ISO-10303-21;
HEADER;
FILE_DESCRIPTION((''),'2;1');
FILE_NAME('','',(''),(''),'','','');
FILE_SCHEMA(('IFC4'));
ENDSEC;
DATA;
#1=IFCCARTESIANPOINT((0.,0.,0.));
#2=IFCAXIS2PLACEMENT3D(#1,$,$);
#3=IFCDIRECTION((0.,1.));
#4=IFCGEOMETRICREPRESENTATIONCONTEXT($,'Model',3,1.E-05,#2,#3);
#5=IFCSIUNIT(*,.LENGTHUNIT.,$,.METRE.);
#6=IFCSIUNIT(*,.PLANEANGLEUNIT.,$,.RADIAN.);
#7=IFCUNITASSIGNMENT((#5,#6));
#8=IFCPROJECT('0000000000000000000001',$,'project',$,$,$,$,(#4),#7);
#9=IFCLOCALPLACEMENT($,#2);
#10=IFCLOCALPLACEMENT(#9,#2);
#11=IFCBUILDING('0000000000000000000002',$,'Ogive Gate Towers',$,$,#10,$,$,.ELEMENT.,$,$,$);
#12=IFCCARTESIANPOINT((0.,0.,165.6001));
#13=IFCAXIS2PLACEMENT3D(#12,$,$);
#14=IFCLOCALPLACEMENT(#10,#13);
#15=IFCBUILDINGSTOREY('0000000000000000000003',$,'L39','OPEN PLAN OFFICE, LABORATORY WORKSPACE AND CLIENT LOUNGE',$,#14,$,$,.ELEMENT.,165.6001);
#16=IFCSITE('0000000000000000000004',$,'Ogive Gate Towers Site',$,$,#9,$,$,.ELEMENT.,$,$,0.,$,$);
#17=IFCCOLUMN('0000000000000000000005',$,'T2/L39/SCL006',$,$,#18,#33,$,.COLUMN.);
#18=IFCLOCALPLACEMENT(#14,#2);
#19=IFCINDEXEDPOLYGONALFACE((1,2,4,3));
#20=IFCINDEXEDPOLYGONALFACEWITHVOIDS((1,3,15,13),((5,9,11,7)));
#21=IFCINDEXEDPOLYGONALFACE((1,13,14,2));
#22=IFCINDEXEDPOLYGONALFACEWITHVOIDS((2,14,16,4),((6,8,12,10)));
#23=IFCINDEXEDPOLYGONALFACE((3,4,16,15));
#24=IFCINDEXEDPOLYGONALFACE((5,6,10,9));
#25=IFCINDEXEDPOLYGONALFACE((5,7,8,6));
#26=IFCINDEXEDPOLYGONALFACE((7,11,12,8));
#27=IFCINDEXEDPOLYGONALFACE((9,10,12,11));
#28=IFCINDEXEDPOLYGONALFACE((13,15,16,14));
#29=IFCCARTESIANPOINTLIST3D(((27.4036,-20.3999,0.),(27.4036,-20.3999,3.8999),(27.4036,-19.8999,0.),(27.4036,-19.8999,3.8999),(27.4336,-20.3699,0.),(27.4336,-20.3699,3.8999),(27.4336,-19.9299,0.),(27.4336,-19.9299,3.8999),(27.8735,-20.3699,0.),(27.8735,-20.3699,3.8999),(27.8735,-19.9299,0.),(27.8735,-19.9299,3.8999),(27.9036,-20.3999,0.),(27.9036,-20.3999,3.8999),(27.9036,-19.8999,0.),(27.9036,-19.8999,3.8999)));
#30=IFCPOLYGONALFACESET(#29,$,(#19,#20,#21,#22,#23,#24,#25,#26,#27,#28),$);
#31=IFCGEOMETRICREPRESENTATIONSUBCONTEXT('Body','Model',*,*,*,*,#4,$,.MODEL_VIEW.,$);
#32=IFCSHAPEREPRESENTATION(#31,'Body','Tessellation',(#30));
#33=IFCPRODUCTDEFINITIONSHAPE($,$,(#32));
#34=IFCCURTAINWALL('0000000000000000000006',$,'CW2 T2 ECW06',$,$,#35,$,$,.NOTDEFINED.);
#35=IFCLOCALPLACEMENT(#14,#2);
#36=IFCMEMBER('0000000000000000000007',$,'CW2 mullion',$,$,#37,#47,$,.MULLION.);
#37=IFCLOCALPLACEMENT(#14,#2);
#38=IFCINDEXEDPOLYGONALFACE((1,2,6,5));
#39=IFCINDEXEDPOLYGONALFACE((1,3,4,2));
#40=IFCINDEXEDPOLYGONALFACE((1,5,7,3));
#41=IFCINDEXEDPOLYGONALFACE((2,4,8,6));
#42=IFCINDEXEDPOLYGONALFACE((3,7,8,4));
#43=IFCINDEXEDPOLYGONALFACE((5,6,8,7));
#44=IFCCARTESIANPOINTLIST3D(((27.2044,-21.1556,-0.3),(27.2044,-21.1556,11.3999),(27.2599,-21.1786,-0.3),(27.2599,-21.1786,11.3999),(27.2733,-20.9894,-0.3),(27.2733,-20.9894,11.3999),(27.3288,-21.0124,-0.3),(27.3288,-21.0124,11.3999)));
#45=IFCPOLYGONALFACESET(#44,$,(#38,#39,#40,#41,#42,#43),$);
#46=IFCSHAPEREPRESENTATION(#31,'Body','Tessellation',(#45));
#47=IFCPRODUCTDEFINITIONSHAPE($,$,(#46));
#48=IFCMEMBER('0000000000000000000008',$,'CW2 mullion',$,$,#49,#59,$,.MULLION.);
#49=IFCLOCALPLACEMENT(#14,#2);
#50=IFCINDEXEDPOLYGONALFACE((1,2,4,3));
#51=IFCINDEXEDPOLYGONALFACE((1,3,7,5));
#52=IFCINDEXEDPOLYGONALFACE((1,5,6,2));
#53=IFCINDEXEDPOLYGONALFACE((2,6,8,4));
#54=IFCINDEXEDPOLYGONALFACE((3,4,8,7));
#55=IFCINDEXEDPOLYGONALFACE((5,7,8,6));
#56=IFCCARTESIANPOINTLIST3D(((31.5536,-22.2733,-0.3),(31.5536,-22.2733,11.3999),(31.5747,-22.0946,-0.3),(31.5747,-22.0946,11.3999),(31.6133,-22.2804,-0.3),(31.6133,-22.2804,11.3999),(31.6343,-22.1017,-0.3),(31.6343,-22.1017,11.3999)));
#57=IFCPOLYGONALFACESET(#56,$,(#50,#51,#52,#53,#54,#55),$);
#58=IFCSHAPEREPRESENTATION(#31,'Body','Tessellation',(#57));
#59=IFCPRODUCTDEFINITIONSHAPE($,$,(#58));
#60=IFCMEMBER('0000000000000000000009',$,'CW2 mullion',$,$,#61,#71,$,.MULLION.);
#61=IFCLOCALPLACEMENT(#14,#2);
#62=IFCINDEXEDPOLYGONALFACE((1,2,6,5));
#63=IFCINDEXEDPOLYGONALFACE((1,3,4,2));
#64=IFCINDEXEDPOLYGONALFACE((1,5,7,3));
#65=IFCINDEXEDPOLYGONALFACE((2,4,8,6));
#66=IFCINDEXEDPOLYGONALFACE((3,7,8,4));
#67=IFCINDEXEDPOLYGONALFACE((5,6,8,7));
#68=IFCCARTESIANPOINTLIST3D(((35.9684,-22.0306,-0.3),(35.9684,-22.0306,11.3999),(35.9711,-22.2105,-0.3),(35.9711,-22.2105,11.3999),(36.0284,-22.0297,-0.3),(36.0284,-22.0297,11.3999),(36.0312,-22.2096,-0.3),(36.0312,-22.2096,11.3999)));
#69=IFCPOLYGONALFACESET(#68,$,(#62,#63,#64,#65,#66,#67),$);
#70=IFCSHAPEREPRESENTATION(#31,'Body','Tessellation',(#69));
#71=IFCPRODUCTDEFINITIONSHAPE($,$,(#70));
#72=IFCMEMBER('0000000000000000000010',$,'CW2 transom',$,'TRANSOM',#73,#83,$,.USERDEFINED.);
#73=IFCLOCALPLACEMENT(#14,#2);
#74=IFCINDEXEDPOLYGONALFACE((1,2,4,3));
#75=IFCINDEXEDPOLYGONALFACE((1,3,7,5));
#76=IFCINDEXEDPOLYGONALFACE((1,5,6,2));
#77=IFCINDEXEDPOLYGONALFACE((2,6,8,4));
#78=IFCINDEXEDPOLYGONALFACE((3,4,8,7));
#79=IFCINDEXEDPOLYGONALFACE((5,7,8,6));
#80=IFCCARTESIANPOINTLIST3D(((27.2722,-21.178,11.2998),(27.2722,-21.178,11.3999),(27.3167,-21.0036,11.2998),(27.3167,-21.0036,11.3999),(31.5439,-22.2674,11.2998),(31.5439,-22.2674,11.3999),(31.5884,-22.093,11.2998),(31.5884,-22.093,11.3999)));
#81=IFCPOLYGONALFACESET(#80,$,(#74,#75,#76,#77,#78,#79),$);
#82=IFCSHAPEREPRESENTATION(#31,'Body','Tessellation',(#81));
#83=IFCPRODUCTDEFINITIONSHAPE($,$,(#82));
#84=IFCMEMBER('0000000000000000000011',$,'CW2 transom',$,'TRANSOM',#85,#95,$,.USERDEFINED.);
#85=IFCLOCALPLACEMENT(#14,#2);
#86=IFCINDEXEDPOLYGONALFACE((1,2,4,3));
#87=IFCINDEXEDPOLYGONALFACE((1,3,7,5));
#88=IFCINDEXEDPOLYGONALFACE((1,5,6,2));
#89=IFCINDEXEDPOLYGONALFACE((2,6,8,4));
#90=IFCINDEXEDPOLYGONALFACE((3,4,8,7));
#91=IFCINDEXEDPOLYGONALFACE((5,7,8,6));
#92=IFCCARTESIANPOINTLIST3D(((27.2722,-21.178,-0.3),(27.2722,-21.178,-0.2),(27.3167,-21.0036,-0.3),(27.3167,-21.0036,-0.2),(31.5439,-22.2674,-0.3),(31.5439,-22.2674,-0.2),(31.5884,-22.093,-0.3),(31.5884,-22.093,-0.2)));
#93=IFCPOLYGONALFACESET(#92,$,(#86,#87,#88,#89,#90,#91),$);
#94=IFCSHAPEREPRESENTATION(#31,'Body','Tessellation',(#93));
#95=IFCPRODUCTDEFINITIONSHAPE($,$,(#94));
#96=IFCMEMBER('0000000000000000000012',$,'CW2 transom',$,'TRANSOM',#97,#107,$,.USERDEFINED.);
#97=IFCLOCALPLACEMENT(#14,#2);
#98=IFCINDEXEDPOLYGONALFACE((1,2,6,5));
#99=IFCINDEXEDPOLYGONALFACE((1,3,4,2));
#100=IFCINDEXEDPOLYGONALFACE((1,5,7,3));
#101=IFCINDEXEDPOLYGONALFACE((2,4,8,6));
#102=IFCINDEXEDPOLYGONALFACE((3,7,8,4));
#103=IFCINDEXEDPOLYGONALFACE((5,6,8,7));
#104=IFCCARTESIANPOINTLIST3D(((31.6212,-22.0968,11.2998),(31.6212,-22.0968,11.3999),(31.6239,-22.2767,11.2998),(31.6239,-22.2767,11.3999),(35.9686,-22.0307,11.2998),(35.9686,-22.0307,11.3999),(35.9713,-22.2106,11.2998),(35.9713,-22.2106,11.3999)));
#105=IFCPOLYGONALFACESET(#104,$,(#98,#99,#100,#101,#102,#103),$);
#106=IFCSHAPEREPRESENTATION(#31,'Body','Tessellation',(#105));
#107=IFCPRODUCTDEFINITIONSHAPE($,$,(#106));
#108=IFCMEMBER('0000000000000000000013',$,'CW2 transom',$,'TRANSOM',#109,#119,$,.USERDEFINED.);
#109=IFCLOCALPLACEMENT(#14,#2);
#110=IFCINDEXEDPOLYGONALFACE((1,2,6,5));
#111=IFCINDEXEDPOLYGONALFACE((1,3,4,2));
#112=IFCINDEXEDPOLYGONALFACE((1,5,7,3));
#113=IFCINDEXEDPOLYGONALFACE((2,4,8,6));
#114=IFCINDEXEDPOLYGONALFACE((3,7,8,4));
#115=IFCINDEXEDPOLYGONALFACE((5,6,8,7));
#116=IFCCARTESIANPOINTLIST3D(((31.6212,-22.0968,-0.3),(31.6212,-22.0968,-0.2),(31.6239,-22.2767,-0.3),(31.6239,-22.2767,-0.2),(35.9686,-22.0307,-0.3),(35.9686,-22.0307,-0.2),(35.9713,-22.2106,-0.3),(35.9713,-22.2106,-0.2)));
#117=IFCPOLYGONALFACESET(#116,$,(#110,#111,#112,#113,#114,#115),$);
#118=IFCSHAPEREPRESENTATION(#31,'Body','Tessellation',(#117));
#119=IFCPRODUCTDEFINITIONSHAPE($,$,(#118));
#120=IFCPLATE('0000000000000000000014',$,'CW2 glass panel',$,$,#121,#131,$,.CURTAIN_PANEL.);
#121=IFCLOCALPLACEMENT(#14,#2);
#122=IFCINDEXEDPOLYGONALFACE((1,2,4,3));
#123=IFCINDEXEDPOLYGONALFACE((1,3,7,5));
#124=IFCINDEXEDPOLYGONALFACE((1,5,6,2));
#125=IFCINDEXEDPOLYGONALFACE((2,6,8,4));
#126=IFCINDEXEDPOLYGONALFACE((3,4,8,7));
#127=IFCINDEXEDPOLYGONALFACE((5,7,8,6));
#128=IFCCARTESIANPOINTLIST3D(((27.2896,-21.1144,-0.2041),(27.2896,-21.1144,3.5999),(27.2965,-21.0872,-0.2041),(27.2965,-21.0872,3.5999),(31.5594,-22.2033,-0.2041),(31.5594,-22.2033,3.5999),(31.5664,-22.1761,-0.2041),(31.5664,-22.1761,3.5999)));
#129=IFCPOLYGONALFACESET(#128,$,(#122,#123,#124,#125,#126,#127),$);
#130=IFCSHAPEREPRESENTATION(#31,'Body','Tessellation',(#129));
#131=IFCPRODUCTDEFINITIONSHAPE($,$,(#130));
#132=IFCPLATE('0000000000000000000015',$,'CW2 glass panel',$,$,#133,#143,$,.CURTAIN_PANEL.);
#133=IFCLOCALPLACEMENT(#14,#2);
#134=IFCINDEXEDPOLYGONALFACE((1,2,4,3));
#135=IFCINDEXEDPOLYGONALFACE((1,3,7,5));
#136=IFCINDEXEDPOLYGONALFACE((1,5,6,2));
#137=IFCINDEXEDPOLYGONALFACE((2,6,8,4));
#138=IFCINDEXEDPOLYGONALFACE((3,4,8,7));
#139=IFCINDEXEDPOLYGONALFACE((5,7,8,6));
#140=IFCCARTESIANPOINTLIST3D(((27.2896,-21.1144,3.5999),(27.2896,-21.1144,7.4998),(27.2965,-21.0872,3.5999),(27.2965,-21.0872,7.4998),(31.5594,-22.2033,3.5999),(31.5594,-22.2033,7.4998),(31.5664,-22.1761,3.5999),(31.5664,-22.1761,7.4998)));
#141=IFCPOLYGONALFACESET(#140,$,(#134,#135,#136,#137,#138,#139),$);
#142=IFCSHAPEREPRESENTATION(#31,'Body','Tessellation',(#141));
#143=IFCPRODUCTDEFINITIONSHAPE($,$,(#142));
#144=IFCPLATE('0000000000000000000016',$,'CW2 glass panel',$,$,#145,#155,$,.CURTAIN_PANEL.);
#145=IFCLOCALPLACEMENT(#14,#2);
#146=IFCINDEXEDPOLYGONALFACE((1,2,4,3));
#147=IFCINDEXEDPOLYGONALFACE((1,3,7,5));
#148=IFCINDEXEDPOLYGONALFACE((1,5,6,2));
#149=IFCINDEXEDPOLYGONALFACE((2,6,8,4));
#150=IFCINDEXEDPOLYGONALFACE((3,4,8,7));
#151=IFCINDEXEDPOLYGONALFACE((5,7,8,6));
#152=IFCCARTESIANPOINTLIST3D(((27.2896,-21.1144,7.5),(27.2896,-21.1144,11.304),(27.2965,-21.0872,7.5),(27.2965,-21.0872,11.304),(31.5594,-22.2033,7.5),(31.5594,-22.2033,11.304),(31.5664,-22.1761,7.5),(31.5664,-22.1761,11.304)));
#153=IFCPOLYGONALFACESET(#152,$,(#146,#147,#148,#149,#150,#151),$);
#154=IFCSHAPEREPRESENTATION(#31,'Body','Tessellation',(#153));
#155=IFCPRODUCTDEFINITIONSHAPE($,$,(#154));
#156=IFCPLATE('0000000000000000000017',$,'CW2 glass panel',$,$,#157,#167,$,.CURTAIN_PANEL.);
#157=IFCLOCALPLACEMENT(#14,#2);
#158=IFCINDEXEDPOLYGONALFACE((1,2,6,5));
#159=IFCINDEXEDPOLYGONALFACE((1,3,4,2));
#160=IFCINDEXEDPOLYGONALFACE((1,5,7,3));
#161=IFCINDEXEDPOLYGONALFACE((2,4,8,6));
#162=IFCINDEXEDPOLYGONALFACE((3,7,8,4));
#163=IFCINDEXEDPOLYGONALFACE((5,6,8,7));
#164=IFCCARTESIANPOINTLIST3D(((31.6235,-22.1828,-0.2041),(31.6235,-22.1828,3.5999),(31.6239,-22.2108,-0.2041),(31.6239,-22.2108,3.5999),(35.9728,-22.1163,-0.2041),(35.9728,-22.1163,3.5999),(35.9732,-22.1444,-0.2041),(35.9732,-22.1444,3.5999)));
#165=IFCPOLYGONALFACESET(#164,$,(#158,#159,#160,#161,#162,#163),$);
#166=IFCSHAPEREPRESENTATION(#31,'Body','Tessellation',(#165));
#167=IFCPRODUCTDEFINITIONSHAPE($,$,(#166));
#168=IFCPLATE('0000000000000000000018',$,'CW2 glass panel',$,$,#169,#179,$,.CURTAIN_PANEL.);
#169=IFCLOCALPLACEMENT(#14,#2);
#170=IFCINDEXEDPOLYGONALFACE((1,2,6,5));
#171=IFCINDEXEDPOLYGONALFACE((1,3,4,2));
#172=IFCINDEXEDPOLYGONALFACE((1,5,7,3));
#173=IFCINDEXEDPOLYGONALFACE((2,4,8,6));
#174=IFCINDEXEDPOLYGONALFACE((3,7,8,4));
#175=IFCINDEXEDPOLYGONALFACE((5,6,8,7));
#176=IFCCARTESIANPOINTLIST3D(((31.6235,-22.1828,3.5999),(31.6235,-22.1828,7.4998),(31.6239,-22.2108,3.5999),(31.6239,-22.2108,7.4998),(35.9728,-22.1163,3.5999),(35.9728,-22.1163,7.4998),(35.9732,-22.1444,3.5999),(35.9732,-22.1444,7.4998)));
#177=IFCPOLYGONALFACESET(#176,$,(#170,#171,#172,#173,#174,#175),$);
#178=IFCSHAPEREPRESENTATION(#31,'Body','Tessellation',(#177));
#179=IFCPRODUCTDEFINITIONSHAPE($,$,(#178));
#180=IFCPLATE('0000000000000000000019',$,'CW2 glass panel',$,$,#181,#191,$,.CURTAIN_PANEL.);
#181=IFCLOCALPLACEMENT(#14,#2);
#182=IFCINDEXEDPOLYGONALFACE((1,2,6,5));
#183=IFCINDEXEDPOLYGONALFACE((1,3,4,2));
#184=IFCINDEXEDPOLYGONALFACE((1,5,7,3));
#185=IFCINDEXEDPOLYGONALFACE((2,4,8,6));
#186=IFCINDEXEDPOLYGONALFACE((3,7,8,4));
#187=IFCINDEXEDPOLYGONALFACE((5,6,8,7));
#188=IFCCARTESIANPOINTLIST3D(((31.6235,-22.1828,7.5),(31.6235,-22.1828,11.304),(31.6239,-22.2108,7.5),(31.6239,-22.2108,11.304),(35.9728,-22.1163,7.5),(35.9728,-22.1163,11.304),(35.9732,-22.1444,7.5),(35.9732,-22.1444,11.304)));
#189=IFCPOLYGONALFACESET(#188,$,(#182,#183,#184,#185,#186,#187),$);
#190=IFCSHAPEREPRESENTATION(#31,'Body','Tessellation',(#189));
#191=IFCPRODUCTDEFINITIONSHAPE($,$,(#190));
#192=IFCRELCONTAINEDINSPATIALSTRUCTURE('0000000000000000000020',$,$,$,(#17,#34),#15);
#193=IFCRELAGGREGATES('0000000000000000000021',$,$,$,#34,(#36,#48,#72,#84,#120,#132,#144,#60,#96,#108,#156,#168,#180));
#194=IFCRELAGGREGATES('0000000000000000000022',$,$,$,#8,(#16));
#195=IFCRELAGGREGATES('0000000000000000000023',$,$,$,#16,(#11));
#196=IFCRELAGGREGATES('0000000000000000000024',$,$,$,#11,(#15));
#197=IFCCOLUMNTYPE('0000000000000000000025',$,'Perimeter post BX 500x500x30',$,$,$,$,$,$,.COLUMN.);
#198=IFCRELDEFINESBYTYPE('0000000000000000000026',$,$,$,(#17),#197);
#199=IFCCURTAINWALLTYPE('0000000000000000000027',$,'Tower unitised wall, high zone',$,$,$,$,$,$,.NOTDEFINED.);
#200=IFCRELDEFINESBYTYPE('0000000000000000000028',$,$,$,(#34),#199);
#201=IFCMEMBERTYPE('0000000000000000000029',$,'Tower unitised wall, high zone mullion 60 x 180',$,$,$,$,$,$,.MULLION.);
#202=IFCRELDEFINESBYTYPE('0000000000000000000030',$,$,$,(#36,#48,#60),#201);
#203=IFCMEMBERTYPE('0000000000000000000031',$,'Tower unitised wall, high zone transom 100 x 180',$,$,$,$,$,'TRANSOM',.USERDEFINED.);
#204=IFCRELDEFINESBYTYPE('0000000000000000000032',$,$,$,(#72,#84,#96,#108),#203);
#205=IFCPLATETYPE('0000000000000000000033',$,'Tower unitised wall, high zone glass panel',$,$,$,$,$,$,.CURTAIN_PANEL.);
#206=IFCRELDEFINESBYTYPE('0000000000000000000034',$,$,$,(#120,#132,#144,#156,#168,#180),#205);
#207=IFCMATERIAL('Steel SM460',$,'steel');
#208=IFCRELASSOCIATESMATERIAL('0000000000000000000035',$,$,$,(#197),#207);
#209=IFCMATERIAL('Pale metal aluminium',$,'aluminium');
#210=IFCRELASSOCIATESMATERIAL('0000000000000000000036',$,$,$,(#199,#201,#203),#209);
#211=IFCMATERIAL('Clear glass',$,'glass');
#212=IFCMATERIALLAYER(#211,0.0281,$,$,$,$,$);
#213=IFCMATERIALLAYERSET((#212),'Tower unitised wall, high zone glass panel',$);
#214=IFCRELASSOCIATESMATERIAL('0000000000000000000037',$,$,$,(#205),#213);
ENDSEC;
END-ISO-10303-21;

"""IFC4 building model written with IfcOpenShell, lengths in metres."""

from ifc_helpers import new_model, si_unit, direction, frame, origin, origin_2d, place, context, subcontext, project, spatial, rectangle, hollow_rectangle, extrude, material, layer, layer_set, material_profile, profile_set, type_object, element, aggregate, save


model = new_model("IFC4")

# Units and contexts
model_context = context("Model", 3, precision=1e-05, world=origin(), true_north=direction((0.0, 1.0)))
body_context = subcontext(model_context, "Body", "Model", "MODEL_VIEW")
ifc_project = project(units=[si_unit("LENGTHUNIT", "METRE"), si_unit("PLANEANGLEUNIT", "RADIAN")], contexts=[model_context])

# Site, building, storey
site_placement = place(None, origin())
site = spatial("IfcSite", under=ifc_project, at=site_placement, Name="Ogive Gate Towers Site", CompositionType="ELEMENT", RefElevation=0.0)
building_placement = place(site_placement, origin())
building = spatial("IfcBuilding", under=site, at=building_placement, Name="Ogive Gate Towers", CompositionType="ELEMENT")
storey_placement = place(building_placement, frame((0.0, 0.0, 165.6001)))
storey = spatial("IfcBuildingStorey", under=building, at=storey_placement, Name="L39", Description="OPEN PLAN OFFICE, LABORATORY WORKSPACE AND CLIENT LOUNGE", CompositionType="ELEMENT", Elevation=165.6001)

# Column
ifc_material_1 = material(Name="Steel SM460", Category="steel")
ifc_material_profile_1 = material_profile(ifc_material_1, hollow_rectangle(XDim=0.5, YDim=0.5, WallThickness=0.03, at=origin_2d()), Name="BX 500x500x30")
ifc_profile_set_1 = profile_set([ifc_material_profile_1], Name="Steel SM460")
column_type = type_object("IfcColumnType", Name="Perimeter post BX 500x500x30", PredefinedType="COLUMN", material=ifc_profile_set_1)
column_placement = place(storey_placement, frame((27.6536, -20.1499, 0.0), z_axis=(0.0, 0.0, 1.0), x_axis=(1.0, 0.0, 0.0)))
element("IfcColumn", 1, at=column_placement, inside=storey, type_object=column_type, Name="T2/L39/SCL006", PredefinedType="COLUMN", context=body_context, shape_type="SweptSolid", body=[
    extrude(hollow_rectangle(XDim=0.5, YDim=0.5, WallThickness=0.03, at=origin_2d()), origin(), (0.0, 0.0, 1.0), 3.8999),
])

# Curtain wall, members, plates
ifc_material_2 = material(Name="Pale metal aluminium", Category="aluminium")
curtain_wall_type = type_object("IfcCurtainWallType", Name="Tower unitised wall, high zone", PredefinedType="NOTDEFINED", material=ifc_material_2)
curtain_wall_placement = place(storey_placement, origin())
curtain_wall = element("IfcCurtainWall", 2, at=curtain_wall_placement, inside=storey, type_object=curtain_wall_type, Name="CW2 T2 ECW06", PredefinedType="NOTDEFINED")
ifc_material_profile_2 = material_profile(ifc_material_2, rectangle(XDim=0.1799, YDim=0.0601, at=origin_2d()), Name="60 x 180 aluminium box")
ifc_profile_set_2 = profile_set([ifc_material_profile_2], Name="Pale metal aluminium")
member_type_1 = type_object("IfcMemberType", Name="Tower unitised wall, high zone mullion 60 x 180", PredefinedType="MULLION", material=ifc_profile_set_2)
member_1_placement = place(storey_placement, frame((27.2666, -21.084, -0.3), z_axis=(0.0, 0.0, 1.0), x_axis=(-0.382683, -0.92388, 0.0)))
member_1 = element("IfcMember", 3, at=member_1_placement, type_object=member_type_1, Name="CW2 mullion", PredefinedType="MULLION", context=body_context, shape_type="SweptSolid", body=[
    extrude(rectangle(XDim=0.1799, YDim=0.0601, at=origin_2d()), origin(), (0.0, 0.0, 1.0), 11.7),
])
member_2_placement = place(storey_placement, frame((31.594, -22.1875, -0.3), z_axis=(0.0, 0.0, 1.0), x_axis=(-0.116948, -0.993138, 0.0)))
member_2 = element("IfcMember", 4, at=member_2_placement, type_object=member_type_1, Name="CW2 mullion", PredefinedType="MULLION", context=body_context, shape_type="SweptSolid", body=[
    extrude(rectangle(XDim=0.1799, YDim=0.0601, at=origin_2d()), origin(), (0.0, 0.0, 1.0), 11.7),
])
member_3_placement = place(storey_placement, frame((35.9998, -22.1201, -0.3), z_axis=(0.0, 0.0, 1.0), x_axis=(0.015271, -0.999883, 0.0)))
member_3 = element("IfcMember", 5, at=member_3_placement, type_object=member_type_1, Name="CW2 mullion", PredefinedType="MULLION", context=body_context, shape_type="SweptSolid", body=[
    extrude(rectangle(XDim=0.1799, YDim=0.0601, at=origin_2d()), origin(), (0.0, 0.0, 1.0), 11.7),
])
ifc_material_profile_3 = material_profile(ifc_material_2, rectangle(XDim=0.1799, YDim=0.1001, at=origin_2d()), Name="100 x 180 aluminium box")
ifc_profile_set_3 = profile_set([ifc_material_profile_3], Name="Pale metal aluminium")
member_type_2 = type_object("IfcMemberType", Name="Tower unitised wall, high zone transom 100 x 180", ElementType="TRANSOM", PredefinedType="USERDEFINED", material=ifc_profile_set_3)
member_4_placement = place(storey_placement, frame((27.2944, -21.0908, 11.3499), z_axis=(0.968988, -0.247107, 0.0), x_axis=(0.247107, 0.968988, 0.0)))
member_4 = element("IfcMember", 6, at=member_4_placement, type_object=member_type_2, Name="CW2 transom", ObjectType="TRANSOM", PredefinedType="USERDEFINED", context=body_context, shape_type="SweptSolid", body=[
    extrude(rectangle(XDim=0.1799, YDim=0.1001, at=origin_2d()), origin(), (0.0, 0.0, 1.0), 4.4084),
])
member_5_placement = place(storey_placement, frame((27.2944, -21.0908, -0.25), z_axis=(0.968988, -0.247107, 0.0), x_axis=(0.247107, 0.968988, 0.0)))
member_5 = element("IfcMember", 7, at=member_5_placement, type_object=member_type_2, Name="CW2 transom", ObjectType="TRANSOM", PredefinedType="USERDEFINED", context=body_context, shape_type="SweptSolid", body=[
    extrude(rectangle(XDim=0.1799, YDim=0.1001, at=origin_2d()), origin(), (0.0, 0.0, 1.0), 4.4084),
])
member_6_placement = place(storey_placement, frame((31.6226, -22.1868, 11.3499), z_axis=(0.999884, 0.015217, 0.0), x_axis=(-0.015217, 0.999884, 0.0)))
member_6 = element("IfcMember", 8, at=member_6_placement, type_object=member_type_2, Name="CW2 transom", ObjectType="TRANSOM", PredefinedType="USERDEFINED", context=body_context, shape_type="SweptSolid", body=[
    extrude(rectangle(XDim=0.1799, YDim=0.1001, at=origin_2d()), origin(), (0.0, 0.0, 1.0), 4.3479),
])
member_7_placement = place(storey_placement, frame((31.6226, -22.1868, -0.25), z_axis=(0.999884, 0.015217, 0.0), x_axis=(-0.015217, 0.999884, 0.0)))
member_7 = element("IfcMember", 9, at=member_7_placement, type_object=member_type_2, Name="CW2 transom", ObjectType="TRANSOM", PredefinedType="USERDEFINED", context=body_context, shape_type="SweptSolid", body=[
    extrude(rectangle(XDim=0.1799, YDim=0.1001, at=origin_2d()), origin(), (0.0, 0.0, 1.0), 4.3479),
])
ifc_material_3 = material(Name="Clear glass", Category="glass")
ifc_layer_1 = layer(ifc_material_3, 0.0281)
ifc_layer_set_1 = layer_set([ifc_layer_1], Name="Tower unitised wall, high zone glass panel")
plate_type = type_object("IfcPlateType", Name="Tower unitised wall, high zone glass panel", PredefinedType="CURTAIN_PANEL", material=ifc_layer_set_1)
plate_1_placement = place(storey_placement, frame((29.428, -21.6453, -0.2041), z_axis=(0.0, 0.0, 1.0), x_axis=(0.96899, -0.2471, 0.0)))
plate_1 = element("IfcPlate", 10, at=plate_1_placement, type_object=plate_type, Name="CW2 glass panel", PredefinedType="CURTAIN_PANEL", context=body_context, shape_type="SweptSolid", body=[
    extrude(rectangle(XDim=4.4065, YDim=0.0281, at=origin_2d()), origin(), (0.0, 0.0, 1.0), 3.804),
])
plate_2_placement = place(storey_placement, frame((29.428, -21.6453, 3.5999), z_axis=(0.0, 0.0, 1.0), x_axis=(0.96899, -0.2471, 0.0)))
plate_2 = element("IfcPlate", 11, at=plate_2_placement, type_object=plate_type, Name="CW2 glass panel", PredefinedType="CURTAIN_PANEL", context=body_context, shape_type="SweptSolid", body=[
    extrude(rectangle(XDim=4.4065, YDim=0.0281, at=origin_2d()), origin(), (0.0, 0.0, 1.0), 3.8999),
])
plate_3_placement = place(storey_placement, frame((29.428, -21.6453, 7.5), z_axis=(0.0, 0.0, 1.0), x_axis=(0.96899, -0.2471, 0.0)))
plate_3 = element("IfcPlate", 12, at=plate_3_placement, type_object=plate_type, Name="CW2 glass panel", PredefinedType="CURTAIN_PANEL", context=body_context, shape_type="SweptSolid", body=[
    extrude(rectangle(XDim=4.4065, YDim=0.0281, at=origin_2d()), origin(), (0.0, 0.0, 1.0), 3.804),
])
plate_4_placement = place(storey_placement, frame((33.7983, -22.1636, -0.2041), z_axis=(0.0, 0.0, 1.0), x_axis=(0.999883, 0.015271, 0.0)))
plate_4 = element("IfcPlate", 13, at=plate_4_placement, type_object=plate_type, Name="CW2 glass panel", PredefinedType="CURTAIN_PANEL", context=body_context, shape_type="SweptSolid", body=[
    extrude(rectangle(XDim=4.3499, YDim=0.0281, at=origin_2d()), origin(), (0.0, 0.0, 1.0), 3.804),
])
plate_5_placement = place(storey_placement, frame((33.7983, -22.1636, 3.5999), z_axis=(0.0, 0.0, 1.0), x_axis=(0.999883, 0.015271, 0.0)))
plate_5 = element("IfcPlate", 14, at=plate_5_placement, type_object=plate_type, Name="CW2 glass panel", PredefinedType="CURTAIN_PANEL", context=body_context, shape_type="SweptSolid", body=[
    extrude(rectangle(XDim=4.3499, YDim=0.0281, at=origin_2d()), origin(), (0.0, 0.0, 1.0), 3.8999),
])
plate_6_placement = place(storey_placement, frame((33.7983, -22.1636, 7.5), z_axis=(0.0, 0.0, 1.0), x_axis=(0.999883, 0.015271, 0.0)))
plate_6 = element("IfcPlate", 15, at=plate_6_placement, type_object=plate_type, Name="CW2 glass panel", PredefinedType="CURTAIN_PANEL", context=body_context, shape_type="SweptSolid", body=[
    extrude(rectangle(XDim=4.3499, YDim=0.0281, at=origin_2d()), origin(), (0.0, 0.0, 1.0), 3.804),
])
aggregate(curtain_wall, [member_1, member_2, member_4, member_5, plate_1, plate_2, plate_3, member_3, member_6, member_7, plate_4, plate_5, plate_6])

save(model, "model.ifc")
